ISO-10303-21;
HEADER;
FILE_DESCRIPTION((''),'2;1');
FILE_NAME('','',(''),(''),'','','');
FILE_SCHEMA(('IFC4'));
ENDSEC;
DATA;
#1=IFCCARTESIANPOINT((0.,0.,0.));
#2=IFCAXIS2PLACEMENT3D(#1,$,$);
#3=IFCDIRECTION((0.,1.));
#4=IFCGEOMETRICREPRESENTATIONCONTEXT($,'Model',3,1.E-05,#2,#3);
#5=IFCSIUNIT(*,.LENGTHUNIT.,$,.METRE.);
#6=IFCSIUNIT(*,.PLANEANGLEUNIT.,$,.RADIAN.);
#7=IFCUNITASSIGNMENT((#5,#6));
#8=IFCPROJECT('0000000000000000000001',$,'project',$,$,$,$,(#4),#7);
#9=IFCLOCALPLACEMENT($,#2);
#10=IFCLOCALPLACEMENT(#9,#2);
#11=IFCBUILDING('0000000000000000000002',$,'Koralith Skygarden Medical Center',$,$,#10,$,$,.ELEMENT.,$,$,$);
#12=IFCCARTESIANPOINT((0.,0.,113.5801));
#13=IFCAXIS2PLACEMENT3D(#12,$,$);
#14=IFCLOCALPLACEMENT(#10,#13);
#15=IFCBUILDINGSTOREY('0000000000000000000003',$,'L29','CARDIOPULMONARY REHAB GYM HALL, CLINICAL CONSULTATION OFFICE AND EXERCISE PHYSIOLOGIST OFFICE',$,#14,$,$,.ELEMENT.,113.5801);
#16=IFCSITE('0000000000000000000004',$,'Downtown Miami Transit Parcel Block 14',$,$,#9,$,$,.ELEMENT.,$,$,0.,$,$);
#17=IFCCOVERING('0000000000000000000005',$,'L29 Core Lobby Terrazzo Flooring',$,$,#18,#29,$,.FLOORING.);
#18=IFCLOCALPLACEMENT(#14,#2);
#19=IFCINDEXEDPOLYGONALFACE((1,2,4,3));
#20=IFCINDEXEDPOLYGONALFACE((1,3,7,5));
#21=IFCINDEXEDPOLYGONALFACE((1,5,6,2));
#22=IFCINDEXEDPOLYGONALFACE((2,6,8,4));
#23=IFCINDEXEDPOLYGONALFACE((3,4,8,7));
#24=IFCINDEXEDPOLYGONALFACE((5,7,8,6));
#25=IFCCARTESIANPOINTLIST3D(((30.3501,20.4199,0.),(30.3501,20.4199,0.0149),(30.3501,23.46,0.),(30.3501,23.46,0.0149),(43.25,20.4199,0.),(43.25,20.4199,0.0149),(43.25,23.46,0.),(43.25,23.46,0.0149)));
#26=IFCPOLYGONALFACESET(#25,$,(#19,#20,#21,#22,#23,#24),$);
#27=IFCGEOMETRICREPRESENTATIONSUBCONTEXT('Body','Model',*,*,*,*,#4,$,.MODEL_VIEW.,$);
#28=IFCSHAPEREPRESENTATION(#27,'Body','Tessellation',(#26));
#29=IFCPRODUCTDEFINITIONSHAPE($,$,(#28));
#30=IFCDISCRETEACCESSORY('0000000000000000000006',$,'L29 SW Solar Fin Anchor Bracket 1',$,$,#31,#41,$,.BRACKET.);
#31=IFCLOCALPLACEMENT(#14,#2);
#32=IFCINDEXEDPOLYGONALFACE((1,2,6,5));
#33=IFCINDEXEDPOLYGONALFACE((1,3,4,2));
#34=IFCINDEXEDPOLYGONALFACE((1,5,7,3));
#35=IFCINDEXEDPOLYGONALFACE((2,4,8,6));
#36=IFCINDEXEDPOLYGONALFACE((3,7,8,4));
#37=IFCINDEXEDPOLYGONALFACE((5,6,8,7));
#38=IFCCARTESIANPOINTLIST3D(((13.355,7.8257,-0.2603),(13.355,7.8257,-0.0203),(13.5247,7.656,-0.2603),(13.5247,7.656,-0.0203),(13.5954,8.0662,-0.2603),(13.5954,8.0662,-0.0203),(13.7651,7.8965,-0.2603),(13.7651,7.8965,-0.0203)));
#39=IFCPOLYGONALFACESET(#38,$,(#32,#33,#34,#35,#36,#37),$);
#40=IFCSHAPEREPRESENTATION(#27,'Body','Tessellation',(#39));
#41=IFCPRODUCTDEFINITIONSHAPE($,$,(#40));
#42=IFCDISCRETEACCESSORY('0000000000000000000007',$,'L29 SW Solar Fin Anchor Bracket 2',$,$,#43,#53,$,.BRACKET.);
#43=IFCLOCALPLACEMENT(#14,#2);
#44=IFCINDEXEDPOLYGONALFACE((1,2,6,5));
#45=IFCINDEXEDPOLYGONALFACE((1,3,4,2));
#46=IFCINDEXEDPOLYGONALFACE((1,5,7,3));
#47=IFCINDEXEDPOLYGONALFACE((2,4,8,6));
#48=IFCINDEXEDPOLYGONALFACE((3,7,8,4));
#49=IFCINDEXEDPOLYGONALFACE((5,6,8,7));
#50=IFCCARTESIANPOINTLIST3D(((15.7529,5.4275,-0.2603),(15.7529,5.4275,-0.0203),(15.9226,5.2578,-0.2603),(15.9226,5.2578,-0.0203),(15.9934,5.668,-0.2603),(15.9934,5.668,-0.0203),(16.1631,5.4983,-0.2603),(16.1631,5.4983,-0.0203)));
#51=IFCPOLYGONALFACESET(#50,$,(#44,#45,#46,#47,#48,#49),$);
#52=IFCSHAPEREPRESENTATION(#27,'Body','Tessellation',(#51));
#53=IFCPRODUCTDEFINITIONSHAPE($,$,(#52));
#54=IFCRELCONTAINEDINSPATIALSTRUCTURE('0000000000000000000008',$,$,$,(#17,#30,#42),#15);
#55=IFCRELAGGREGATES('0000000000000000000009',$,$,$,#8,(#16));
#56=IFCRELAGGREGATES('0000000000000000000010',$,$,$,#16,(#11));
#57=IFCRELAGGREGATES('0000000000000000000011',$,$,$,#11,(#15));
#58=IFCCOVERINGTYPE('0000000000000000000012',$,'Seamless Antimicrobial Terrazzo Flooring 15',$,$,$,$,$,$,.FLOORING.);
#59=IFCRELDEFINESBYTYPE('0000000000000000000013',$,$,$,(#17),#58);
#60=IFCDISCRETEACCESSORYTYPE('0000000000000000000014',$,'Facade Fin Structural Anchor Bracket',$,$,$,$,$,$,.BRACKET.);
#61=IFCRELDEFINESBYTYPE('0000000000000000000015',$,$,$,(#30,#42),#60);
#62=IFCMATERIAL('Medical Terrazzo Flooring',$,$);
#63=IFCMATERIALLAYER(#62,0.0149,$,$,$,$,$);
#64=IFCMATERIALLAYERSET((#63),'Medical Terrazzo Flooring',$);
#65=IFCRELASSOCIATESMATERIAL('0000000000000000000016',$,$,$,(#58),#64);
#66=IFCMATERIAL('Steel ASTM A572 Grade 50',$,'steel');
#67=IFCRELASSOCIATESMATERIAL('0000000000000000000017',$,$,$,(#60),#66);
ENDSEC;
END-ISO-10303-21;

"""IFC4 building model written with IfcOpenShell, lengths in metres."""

from ifc_helpers import new_model, si_unit, direction, frame, origin, origin_2d, place, context, subcontext, project, spatial, polyline, rectangle, outline, extrude, material, layer, layer_set, type_object, element, save


model = new_model("IFC4")

# Units and contexts
model_context = context("Model", 3, precision=1e-05, world=origin(), true_north=direction((0.0, 1.0)))
body_context = subcontext(model_context, "Body", "Model", "MODEL_VIEW")
ifc_project = project(units=[si_unit("LENGTHUNIT", "METRE"), si_unit("PLANEANGLEUNIT", "RADIAN")], contexts=[model_context])

# Site, building, storey
site_placement = place(None, origin())
site = spatial("IfcSite", under=ifc_project, at=site_placement, Name="Downtown Miami Transit Parcel Block 14", CompositionType="ELEMENT", RefElevation=0.0)
building_placement = place(site_placement, origin())
building = spatial("IfcBuilding", under=site, at=building_placement, Name="Koralith Skygarden Medical Center", CompositionType="ELEMENT")
storey_placement = place(building_placement, frame((0.0, 0.0, 113.5801)))
storey = spatial("IfcBuildingStorey", under=building, at=storey_placement, Name="L29", Description="CARDIOPULMONARY REHAB GYM HALL, CLINICAL CONSULTATION OFFICE AND EXERCISE PHYSIOLOGIST OFFICE", CompositionType="ELEMENT", Elevation=113.5801)

# Covering
ifc_material_1 = material(Name="Medical Terrazzo Flooring")
ifc_layer_1 = layer(ifc_material_1, 0.0149)
ifc_layer_set_1 = layer_set([ifc_layer_1], Name="Medical Terrazzo Flooring")
covering_type_1 = type_object("IfcCoveringType", Name="Seamless Antimicrobial Terrazzo Flooring 15", PredefinedType="FLOORING", material=ifc_layer_set_1)
covering_1_placement = place(storey_placement, origin())
element("IfcCovering", 1, at=covering_1_placement, inside=storey, type_object=covering_type_1, Name="L29 Core Lobby Terrazzo Flooring", PredefinedType="FLOORING", context=body_context, shape_type="SweptSolid", body=[
    extrude(outline(polyline([(30.3501, 20.4199), (43.25, 20.4199), (43.25, 23.46), (30.3501, 23.46), (30.3501, 20.4199)])), origin(), (0.0, 0.0, 1.0), 0.0149),
])

# Discrete accessories
ifc_material_2 = material(Name="Steel ASTM A572 Grade 50", Category="steel")
discrete_accessory_type = type_object("IfcDiscreteAccessoryType", Name="Facade Fin Structural Anchor Bracket", PredefinedType="BRACKET", material=ifc_material_2)
for number, where, z_axis, x_axis, name in (
    (2, (13.5601, 7.8611, -0.2603), (0.0, 0.0, 1.0), (-0.707107, -0.707107, 0.0), "L29 SW Solar Fin Anchor Bracket 1"),
    (3, (15.958, 5.4629, -0.2603), (0.0, 0.0, 1.0), (-0.707107, -0.707107, 0.0), "L29 SW Solar Fin Anchor Bracket 2"),
):
    element("IfcDiscreteAccessory", number, at=place(storey_placement, frame(where, z_axis=z_axis, x_axis=x_axis)), inside=storey, type_object=discrete_accessory_type, Name=name, PredefinedType="BRACKET", context=body_context, shape_type="SweptSolid", body=[
        extrude(rectangle(XDim=0.3401, YDim=0.24, at=origin_2d()), origin(), (0.0, 0.0, 1.0), 0.24),
    ])

save(model, "model.ifc")
